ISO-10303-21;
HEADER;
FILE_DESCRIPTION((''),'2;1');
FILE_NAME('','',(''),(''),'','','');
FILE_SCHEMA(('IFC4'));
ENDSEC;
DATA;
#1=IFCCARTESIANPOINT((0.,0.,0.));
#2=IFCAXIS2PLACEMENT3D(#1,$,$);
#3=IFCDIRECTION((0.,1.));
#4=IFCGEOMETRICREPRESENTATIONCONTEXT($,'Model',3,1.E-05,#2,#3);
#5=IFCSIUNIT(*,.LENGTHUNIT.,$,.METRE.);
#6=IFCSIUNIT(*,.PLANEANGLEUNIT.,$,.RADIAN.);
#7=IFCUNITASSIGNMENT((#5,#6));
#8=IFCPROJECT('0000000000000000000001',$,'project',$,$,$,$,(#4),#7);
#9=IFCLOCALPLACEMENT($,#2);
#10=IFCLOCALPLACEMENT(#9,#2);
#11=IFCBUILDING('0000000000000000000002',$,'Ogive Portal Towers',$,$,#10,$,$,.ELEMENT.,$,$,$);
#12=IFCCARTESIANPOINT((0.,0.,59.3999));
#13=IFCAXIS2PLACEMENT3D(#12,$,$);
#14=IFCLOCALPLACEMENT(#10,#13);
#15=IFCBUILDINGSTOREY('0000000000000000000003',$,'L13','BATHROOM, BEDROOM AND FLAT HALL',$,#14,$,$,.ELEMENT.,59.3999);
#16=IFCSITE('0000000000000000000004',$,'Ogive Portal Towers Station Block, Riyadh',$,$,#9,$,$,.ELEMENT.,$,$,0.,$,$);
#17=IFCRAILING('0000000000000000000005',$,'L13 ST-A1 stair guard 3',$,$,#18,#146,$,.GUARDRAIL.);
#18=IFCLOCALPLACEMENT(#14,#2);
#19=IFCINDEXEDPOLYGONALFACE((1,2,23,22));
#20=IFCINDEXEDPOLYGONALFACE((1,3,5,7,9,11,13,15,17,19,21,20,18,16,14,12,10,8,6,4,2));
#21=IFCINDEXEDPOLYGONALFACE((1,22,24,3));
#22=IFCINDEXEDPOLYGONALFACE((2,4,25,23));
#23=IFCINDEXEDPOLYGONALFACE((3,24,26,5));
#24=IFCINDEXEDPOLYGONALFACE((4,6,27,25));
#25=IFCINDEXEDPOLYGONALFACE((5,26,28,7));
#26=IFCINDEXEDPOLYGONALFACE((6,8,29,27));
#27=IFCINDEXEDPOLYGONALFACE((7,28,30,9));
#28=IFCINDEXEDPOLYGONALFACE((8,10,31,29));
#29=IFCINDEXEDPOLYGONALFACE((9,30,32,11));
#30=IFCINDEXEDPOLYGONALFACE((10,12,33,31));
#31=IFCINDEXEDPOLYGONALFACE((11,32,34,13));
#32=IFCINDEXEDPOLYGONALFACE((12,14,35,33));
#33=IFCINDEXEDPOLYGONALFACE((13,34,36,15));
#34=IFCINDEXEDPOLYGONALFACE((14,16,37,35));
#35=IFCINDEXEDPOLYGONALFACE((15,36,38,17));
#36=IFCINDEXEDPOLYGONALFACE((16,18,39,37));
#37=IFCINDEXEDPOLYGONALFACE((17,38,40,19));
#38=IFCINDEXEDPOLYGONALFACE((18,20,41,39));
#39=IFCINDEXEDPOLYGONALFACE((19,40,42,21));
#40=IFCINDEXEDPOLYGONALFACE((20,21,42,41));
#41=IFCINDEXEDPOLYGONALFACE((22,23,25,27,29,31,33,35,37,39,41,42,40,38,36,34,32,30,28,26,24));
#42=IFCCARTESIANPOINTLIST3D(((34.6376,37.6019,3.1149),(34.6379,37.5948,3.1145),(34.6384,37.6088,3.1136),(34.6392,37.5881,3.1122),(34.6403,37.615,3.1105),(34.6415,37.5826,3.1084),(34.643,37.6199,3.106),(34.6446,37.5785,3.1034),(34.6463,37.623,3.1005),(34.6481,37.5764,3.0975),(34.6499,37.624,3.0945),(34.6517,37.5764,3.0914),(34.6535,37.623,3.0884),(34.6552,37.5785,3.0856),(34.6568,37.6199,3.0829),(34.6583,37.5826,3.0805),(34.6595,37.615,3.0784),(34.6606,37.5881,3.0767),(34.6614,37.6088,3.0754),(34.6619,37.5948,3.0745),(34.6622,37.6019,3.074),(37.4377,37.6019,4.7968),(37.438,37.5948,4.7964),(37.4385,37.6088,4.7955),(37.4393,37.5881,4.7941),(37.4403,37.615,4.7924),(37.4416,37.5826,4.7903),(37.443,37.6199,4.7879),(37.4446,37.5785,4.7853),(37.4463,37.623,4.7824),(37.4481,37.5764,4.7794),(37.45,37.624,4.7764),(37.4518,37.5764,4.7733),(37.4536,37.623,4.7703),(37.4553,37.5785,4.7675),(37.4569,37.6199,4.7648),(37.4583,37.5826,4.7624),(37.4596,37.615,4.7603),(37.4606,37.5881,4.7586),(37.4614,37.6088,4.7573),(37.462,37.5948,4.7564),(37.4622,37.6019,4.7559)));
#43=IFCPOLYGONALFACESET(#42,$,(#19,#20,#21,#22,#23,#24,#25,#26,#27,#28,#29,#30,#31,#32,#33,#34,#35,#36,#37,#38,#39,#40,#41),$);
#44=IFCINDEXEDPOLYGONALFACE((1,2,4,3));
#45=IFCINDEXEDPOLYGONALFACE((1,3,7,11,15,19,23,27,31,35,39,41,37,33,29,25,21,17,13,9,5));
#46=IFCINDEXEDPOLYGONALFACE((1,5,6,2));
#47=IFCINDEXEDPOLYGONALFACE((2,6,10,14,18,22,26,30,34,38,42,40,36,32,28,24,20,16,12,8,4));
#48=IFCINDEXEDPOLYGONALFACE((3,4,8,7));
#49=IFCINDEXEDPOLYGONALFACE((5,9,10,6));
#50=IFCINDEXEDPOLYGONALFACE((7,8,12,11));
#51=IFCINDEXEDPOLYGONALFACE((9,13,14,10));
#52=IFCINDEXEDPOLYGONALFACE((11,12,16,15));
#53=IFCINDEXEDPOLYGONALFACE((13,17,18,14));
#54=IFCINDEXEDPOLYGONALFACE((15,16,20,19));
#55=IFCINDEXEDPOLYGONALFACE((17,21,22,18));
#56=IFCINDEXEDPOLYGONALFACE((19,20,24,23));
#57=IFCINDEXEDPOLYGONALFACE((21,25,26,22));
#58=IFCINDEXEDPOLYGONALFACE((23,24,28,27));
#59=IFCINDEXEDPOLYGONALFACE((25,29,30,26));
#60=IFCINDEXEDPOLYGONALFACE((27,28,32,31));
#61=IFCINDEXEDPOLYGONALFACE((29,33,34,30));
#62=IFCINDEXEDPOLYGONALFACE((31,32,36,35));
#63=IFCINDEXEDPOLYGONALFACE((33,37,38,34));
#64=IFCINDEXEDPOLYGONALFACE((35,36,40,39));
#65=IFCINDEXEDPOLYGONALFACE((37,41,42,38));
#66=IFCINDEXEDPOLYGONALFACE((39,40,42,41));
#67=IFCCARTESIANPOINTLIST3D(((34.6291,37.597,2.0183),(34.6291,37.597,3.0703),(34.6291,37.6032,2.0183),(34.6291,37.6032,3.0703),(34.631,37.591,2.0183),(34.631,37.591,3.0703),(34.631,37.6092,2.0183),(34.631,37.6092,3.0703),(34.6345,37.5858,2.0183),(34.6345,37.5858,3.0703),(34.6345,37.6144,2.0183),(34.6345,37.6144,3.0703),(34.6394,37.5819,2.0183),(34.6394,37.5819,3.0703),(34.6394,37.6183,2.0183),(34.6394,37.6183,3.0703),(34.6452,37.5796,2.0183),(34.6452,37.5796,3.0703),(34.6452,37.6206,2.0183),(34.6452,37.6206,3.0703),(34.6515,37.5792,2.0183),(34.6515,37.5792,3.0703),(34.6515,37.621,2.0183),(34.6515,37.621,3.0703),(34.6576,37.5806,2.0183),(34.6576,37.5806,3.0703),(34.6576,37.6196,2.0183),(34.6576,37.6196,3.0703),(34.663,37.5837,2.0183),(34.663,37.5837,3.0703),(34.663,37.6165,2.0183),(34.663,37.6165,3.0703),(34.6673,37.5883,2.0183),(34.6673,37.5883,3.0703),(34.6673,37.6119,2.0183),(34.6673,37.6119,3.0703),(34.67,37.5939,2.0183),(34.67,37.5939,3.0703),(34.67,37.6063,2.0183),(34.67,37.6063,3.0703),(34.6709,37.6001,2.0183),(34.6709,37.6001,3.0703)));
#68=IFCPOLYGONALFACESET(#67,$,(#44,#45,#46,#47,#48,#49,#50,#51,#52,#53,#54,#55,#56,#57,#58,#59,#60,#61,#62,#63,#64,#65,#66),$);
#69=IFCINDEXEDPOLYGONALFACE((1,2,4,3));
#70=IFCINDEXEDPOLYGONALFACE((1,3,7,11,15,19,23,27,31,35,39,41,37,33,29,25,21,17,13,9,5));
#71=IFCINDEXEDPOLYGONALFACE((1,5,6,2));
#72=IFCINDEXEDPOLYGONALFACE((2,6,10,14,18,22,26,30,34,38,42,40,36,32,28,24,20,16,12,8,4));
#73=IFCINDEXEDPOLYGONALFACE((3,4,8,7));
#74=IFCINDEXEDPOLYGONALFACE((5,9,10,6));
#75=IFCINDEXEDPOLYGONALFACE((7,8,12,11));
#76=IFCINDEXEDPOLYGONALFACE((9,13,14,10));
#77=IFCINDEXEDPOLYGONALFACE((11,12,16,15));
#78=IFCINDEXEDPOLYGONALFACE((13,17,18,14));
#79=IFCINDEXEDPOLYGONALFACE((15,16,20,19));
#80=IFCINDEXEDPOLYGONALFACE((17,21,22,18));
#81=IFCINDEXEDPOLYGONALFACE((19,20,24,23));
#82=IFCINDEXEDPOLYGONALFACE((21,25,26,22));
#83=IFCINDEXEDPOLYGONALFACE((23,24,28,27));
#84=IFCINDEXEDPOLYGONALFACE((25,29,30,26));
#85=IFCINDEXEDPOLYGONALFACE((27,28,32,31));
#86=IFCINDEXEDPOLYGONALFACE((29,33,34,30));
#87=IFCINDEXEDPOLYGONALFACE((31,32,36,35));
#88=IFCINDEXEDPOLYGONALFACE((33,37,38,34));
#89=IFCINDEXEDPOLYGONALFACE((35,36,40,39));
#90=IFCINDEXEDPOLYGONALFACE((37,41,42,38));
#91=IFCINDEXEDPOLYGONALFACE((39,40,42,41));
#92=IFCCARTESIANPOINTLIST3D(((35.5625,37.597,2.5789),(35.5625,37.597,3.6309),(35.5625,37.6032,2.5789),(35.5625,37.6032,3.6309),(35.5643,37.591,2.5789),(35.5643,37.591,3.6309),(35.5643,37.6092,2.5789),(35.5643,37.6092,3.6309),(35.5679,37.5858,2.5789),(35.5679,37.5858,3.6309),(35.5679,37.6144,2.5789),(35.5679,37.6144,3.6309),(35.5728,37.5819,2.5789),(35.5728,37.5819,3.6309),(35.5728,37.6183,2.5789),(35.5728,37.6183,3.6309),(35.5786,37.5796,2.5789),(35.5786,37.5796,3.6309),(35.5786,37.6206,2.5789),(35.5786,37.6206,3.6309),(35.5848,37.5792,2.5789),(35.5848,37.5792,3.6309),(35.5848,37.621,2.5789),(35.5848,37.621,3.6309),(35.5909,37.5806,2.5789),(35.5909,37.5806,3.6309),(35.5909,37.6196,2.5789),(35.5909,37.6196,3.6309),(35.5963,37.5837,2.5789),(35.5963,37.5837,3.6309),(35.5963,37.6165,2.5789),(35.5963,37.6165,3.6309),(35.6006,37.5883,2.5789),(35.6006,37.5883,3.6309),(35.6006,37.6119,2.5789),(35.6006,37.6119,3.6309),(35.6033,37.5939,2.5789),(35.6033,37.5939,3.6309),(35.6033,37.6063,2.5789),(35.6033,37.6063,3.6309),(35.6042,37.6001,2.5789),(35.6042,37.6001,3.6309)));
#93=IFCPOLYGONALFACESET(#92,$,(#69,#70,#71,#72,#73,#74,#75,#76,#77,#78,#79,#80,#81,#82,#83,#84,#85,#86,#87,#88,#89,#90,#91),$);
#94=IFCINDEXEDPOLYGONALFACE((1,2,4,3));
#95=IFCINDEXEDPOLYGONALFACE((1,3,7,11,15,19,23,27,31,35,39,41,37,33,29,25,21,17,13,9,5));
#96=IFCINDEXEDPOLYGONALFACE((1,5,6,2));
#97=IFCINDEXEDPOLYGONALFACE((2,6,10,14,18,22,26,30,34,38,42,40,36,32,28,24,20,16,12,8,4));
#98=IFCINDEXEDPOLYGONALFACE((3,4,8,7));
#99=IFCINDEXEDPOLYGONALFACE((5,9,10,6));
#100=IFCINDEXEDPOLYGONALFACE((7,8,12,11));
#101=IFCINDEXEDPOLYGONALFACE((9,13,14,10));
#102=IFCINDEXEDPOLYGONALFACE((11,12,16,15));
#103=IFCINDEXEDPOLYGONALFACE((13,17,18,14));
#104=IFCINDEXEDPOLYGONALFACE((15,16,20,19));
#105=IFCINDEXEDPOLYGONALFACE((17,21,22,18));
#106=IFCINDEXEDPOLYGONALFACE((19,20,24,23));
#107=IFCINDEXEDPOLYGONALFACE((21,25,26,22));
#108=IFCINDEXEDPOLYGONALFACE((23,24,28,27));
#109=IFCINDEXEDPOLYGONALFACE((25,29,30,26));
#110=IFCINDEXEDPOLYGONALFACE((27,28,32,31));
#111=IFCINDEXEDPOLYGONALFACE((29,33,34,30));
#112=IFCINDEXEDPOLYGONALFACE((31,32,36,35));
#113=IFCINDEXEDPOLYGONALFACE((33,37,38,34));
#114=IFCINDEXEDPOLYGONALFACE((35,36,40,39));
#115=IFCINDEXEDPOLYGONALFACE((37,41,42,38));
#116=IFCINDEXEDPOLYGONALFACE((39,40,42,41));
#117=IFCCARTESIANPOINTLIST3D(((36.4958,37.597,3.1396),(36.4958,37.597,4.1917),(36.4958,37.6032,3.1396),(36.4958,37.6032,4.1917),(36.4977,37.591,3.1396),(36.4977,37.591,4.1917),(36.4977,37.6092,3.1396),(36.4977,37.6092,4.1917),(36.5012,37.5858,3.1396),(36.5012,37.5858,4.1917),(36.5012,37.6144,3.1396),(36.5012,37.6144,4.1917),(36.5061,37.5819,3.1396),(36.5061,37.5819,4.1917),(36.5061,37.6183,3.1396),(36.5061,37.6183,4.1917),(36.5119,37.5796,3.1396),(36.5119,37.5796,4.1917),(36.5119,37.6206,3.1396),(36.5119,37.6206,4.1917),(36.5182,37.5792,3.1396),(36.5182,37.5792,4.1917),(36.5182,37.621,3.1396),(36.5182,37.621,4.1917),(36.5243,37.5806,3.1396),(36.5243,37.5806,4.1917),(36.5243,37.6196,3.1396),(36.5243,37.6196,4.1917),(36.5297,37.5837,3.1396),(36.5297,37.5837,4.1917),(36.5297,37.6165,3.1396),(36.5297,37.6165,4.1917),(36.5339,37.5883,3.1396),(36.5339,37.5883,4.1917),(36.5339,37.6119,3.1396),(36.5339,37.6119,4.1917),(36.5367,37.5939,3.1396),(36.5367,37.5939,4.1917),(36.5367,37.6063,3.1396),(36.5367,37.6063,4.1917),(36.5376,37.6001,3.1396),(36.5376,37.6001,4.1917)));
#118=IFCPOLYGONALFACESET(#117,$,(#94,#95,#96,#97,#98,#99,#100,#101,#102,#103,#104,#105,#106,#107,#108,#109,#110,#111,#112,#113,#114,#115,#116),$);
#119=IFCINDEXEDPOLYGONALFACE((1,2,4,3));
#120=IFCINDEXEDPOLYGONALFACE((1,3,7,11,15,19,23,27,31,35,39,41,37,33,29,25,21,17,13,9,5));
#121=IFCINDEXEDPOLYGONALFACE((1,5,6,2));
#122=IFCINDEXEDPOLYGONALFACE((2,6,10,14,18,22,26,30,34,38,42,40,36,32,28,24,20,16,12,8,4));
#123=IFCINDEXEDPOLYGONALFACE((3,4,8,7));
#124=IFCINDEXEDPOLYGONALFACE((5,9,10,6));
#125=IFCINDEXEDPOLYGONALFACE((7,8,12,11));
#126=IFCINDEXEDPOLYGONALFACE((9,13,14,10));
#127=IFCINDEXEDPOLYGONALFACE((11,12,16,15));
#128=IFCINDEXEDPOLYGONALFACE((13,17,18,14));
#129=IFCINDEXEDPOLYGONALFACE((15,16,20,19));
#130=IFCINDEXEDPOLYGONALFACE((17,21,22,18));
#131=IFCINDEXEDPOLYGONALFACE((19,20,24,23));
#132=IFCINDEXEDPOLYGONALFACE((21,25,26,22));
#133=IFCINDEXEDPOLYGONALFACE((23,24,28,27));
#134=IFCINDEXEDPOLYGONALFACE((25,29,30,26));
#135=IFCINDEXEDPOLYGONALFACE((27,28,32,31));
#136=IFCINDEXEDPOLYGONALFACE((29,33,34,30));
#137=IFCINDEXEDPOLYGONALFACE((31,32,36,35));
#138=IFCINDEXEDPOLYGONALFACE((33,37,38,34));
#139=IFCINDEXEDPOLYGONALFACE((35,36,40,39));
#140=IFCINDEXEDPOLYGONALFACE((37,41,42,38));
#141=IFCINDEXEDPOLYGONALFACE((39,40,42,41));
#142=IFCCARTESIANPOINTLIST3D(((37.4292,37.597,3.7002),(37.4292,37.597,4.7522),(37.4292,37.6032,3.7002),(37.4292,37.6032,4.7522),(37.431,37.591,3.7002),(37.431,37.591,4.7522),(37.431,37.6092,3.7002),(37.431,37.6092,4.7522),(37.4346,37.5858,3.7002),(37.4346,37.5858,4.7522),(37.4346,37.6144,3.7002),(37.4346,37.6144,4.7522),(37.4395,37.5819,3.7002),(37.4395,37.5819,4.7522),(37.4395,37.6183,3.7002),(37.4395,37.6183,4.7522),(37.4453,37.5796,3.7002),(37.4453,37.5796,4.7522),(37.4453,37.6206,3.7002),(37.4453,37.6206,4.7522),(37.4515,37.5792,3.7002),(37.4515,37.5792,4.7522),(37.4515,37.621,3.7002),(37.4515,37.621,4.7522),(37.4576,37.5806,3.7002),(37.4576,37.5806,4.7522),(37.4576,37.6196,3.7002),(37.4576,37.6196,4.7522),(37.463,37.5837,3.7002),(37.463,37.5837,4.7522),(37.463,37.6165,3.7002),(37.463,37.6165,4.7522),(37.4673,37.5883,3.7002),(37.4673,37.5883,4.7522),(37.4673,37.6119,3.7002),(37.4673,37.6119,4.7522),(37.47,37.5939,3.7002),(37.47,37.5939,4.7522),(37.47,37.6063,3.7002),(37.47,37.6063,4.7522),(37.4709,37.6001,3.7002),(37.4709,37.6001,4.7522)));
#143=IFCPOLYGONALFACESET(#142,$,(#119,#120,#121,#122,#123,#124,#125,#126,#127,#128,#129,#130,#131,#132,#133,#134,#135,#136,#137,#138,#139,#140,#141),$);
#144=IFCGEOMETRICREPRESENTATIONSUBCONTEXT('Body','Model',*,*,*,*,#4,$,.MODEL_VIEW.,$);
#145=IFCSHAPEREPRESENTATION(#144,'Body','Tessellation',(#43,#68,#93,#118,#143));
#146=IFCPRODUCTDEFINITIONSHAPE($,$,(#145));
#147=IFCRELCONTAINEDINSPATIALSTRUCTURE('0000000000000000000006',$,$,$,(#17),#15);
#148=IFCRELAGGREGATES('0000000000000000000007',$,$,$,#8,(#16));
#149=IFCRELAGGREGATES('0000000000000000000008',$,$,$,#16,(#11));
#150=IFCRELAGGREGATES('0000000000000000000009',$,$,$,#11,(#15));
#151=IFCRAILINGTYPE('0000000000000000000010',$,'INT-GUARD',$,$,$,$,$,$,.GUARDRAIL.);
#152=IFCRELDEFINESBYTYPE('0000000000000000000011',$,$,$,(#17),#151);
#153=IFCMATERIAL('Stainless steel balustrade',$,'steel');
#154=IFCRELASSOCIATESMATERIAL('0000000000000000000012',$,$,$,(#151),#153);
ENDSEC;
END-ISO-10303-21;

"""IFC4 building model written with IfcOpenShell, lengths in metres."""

from ifc_helpers import new_model, si_unit, direction, frame, origin, origin_2d, place, context, subcontext, project, spatial, circle, extrude, material, type_object, element, save


model = new_model("IFC4")

# Units and contexts
model_context = context("Model", 3, precision=1e-05, world=origin(), true_north=direction((0.0, 1.0)))
body_context = subcontext(model_context, "Body", "Model", "MODEL_VIEW")
ifc_project = project(units=[si_unit("LENGTHUNIT", "METRE"), si_unit("PLANEANGLEUNIT", "RADIAN")], contexts=[model_context])

# Site, building, storey
site_placement = place(None, origin())
site = spatial("IfcSite", under=ifc_project, at=site_placement, Name="Ogive Portal Towers Station Block, Riyadh", CompositionType="ELEMENT", RefElevation=0.0)
building_placement = place(site_placement, origin())
building = spatial("IfcBuilding", under=site, at=building_placement, Name="Ogive Portal Towers", CompositionType="ELEMENT")
storey_placement = place(building_placement, frame((0.0, 0.0, 59.3999)))
storey = spatial("IfcBuildingStorey", under=building, at=storey_placement, Name="L13", Description="BATHROOM, BEDROOM AND FLAT HALL", CompositionType="ELEMENT", Elevation=59.3999)

# Railing
ifc_material_1 = material(Name="Stainless steel balustrade", Category="steel")
railing_type_1 = type_object("IfcRailingType", Name="INT-GUARD", PredefinedType="GUARDRAIL", material=ifc_material_1)
railing_1_placement = place(storey_placement, frame((34.6499, 37.6001, 2.0183)))
element("IfcRailing", 1, at=railing_1_placement, inside=storey, type_object=railing_type_1, Name="L13 ST-A1 stair guard 3", PredefinedType="GUARDRAIL", context=body_context, shape_type="SweptSolid", body=[
    extrude(circle(Radius=0.0239, at=origin_2d()), frame((0.0, 0.0, 1.0762), z_axis=(0.857242, 0.0, 0.514913), x_axis=(0.0, 1.0, 0.0)), (0.0, 0.0, 1.0), 3.2664),
    extrude(circle(Radius=0.021, at=origin_2d()), origin(), (0.0, 0.0, 1.0), 1.052),
    extrude(circle(Radius=0.021, at=origin_2d()), frame((0.9333, 0.0, 0.5605)), (0.0, 0.0, 1.0), 1.052),
    extrude(circle(Radius=0.021, at=origin_2d()), frame((1.8667, 0.0, 1.1213)), (0.0, 0.0, 1.0), 1.052),
    extrude(circle(Radius=0.021, at=origin_2d()), frame((2.8, 0.0, 1.6819)), (0.0, 0.0, 1.0), 1.052),
])

save(model, "model.ifc")
